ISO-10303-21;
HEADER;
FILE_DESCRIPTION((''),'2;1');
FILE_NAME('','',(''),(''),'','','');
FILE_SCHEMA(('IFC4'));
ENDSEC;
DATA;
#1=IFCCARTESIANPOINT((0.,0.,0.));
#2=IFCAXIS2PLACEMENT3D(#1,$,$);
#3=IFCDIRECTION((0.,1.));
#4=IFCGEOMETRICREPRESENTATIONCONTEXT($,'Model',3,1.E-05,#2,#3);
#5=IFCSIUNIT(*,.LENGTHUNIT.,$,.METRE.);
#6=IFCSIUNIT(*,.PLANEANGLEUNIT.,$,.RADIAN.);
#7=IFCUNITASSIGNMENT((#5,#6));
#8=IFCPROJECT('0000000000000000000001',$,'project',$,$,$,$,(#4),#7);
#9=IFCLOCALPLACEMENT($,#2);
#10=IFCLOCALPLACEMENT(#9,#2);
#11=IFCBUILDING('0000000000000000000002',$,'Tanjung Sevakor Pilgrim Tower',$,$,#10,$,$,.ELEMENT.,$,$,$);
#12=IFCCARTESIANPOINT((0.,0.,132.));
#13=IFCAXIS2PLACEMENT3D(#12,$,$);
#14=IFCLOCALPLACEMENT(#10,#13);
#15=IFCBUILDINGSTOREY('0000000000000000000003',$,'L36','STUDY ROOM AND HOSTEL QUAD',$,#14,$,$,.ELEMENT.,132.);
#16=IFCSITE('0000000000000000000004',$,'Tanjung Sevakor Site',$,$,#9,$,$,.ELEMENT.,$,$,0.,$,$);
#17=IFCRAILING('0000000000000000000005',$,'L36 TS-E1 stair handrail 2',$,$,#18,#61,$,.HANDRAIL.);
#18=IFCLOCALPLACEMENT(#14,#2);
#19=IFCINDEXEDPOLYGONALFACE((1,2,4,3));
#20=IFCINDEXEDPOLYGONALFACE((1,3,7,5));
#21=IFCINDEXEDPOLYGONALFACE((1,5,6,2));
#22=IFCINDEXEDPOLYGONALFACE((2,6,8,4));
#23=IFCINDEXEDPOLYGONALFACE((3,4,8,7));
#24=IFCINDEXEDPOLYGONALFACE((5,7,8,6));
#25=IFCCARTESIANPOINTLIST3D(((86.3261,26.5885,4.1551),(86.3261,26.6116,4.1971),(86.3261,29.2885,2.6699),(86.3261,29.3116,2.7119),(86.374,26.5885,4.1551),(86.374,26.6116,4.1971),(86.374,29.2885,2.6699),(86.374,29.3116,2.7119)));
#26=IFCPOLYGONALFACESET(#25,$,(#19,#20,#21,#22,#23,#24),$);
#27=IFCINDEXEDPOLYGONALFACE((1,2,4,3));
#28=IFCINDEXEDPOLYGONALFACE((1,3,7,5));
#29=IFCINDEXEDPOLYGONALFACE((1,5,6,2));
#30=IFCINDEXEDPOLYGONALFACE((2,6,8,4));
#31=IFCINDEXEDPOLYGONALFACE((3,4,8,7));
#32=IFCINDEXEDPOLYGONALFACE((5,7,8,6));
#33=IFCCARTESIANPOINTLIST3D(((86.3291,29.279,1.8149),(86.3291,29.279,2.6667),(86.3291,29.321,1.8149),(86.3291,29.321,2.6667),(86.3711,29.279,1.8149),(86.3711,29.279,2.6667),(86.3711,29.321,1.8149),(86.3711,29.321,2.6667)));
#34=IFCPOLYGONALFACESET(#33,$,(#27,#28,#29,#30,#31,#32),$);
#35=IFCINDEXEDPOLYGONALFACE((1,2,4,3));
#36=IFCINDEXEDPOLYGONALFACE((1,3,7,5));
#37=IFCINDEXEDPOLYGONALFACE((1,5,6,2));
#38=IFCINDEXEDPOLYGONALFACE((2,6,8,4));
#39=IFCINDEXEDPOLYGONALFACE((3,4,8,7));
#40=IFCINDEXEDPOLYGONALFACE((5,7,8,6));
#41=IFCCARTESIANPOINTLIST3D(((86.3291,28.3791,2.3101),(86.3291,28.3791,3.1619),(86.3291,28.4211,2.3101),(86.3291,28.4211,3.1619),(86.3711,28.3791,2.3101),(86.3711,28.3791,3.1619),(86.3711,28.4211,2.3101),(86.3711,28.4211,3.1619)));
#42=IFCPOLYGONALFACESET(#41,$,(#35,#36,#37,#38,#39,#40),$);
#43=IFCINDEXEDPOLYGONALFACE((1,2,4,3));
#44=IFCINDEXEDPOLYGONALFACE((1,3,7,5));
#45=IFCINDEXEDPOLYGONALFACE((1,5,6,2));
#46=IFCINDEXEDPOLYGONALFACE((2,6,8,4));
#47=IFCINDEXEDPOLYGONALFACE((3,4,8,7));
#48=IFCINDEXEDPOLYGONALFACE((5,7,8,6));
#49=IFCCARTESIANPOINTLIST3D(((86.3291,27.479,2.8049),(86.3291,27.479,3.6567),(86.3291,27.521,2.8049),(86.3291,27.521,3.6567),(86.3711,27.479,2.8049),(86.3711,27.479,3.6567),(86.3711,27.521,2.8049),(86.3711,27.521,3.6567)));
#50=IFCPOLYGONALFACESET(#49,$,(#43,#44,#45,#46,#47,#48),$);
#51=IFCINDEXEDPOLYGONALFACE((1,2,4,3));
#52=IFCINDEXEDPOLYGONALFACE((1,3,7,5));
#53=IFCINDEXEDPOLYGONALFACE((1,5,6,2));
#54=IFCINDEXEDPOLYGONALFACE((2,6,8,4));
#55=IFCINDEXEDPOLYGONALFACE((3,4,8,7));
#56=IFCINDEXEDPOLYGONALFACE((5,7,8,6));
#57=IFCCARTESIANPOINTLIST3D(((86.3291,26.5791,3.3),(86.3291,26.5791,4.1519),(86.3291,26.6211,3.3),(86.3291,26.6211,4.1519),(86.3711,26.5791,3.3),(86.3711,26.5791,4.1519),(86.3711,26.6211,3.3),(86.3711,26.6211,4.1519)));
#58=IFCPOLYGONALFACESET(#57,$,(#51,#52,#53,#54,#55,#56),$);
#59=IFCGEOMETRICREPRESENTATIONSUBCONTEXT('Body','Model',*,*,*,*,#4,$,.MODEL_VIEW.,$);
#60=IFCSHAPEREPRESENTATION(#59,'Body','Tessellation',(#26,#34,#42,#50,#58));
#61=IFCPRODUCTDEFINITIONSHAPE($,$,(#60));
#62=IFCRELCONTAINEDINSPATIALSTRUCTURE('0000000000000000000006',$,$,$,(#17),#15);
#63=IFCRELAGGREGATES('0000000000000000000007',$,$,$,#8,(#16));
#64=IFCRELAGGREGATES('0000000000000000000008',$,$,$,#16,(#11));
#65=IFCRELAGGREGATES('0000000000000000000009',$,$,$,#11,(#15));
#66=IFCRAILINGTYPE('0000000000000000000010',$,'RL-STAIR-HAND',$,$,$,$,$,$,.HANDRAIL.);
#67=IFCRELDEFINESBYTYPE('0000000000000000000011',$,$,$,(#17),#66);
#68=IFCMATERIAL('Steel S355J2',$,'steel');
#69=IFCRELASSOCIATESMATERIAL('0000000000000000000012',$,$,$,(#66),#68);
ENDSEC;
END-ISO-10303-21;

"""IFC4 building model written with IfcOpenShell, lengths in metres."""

from ifc_helpers import new_model, si_unit, direction, frame, origin, place, context, subcontext, project, spatial, rectangle, extrude, material, type_object, element, save


model = new_model("IFC4")

# Units and contexts
model_context = context("Model", 3, precision=1e-05, world=origin(), true_north=direction((0.0, 1.0)))
body_context = subcontext(model_context, "Body", "Model", "MODEL_VIEW")
ifc_project = project(units=[si_unit("LENGTHUNIT", "METRE"), si_unit("PLANEANGLEUNIT", "RADIAN")], contexts=[model_context])

# Site, building, storey
site_placement = place(None, origin())
site = spatial("IfcSite", under=ifc_project, at=site_placement, Name="Tanjung Sevakor Site", CompositionType="ELEMENT", RefElevation=0.0)
building_placement = place(site_placement, origin())
building = spatial("IfcBuilding", under=site, at=building_placement, Name="Tanjung Sevakor Pilgrim Tower", CompositionType="ELEMENT")
storey_placement = place(building_placement, frame((0.0, 0.0, 132.0)))
storey = spatial("IfcBuildingStorey", under=building, at=storey_placement, Name="L36", Description="STUDY ROOM AND HOSTEL QUAD", CompositionType="ELEMENT", Elevation=132.0)

# Railing
ifc_material_1 = material(Name="Steel S355J2", Category="steel")
railing_type_1 = type_object("IfcRailingType", Name="RL-STAIR-HAND", PredefinedType="HANDRAIL", material=ifc_material_1)
railing_1_placement = place(storey_placement, frame((86.3501, 29.3, 1.8149)))
element("IfcRailing", 1, at=railing_1_placement, inside=storey, type_object=railing_type_1, Name="L36 TS-E1 stair handrail 2", PredefinedType="HANDRAIL", context=body_context, shape_type="SweptSolid", body=[
    extrude(rectangle(XDim=0.0479, YDim=0.0479), frame((0.0, 0.0, 0.876), z_axis=(0.0, -0.876198, 0.481952), x_axis=(1.0, 0.0, 0.0)), (0.0, 0.0, 1.0), 3.0815),
    extrude(rectangle(XDim=0.042, YDim=0.042), origin(), (0.0, 0.0, 1.0), 0.8518),
    extrude(rectangle(XDim=0.042, YDim=0.042), frame((0.0, -0.8999, 0.4951)), (0.0, 0.0, 1.0), 0.8518),
    extrude(rectangle(XDim=0.042, YDim=0.042), frame((0.0, -1.8, 0.99)), (0.0, 0.0, 1.0), 0.8518),
    extrude(rectangle(XDim=0.042, YDim=0.042), frame((0.0, -2.7, 1.4851)), (0.0, 0.0, 1.0), 0.8518),
])

save(model, "model.ifc")
